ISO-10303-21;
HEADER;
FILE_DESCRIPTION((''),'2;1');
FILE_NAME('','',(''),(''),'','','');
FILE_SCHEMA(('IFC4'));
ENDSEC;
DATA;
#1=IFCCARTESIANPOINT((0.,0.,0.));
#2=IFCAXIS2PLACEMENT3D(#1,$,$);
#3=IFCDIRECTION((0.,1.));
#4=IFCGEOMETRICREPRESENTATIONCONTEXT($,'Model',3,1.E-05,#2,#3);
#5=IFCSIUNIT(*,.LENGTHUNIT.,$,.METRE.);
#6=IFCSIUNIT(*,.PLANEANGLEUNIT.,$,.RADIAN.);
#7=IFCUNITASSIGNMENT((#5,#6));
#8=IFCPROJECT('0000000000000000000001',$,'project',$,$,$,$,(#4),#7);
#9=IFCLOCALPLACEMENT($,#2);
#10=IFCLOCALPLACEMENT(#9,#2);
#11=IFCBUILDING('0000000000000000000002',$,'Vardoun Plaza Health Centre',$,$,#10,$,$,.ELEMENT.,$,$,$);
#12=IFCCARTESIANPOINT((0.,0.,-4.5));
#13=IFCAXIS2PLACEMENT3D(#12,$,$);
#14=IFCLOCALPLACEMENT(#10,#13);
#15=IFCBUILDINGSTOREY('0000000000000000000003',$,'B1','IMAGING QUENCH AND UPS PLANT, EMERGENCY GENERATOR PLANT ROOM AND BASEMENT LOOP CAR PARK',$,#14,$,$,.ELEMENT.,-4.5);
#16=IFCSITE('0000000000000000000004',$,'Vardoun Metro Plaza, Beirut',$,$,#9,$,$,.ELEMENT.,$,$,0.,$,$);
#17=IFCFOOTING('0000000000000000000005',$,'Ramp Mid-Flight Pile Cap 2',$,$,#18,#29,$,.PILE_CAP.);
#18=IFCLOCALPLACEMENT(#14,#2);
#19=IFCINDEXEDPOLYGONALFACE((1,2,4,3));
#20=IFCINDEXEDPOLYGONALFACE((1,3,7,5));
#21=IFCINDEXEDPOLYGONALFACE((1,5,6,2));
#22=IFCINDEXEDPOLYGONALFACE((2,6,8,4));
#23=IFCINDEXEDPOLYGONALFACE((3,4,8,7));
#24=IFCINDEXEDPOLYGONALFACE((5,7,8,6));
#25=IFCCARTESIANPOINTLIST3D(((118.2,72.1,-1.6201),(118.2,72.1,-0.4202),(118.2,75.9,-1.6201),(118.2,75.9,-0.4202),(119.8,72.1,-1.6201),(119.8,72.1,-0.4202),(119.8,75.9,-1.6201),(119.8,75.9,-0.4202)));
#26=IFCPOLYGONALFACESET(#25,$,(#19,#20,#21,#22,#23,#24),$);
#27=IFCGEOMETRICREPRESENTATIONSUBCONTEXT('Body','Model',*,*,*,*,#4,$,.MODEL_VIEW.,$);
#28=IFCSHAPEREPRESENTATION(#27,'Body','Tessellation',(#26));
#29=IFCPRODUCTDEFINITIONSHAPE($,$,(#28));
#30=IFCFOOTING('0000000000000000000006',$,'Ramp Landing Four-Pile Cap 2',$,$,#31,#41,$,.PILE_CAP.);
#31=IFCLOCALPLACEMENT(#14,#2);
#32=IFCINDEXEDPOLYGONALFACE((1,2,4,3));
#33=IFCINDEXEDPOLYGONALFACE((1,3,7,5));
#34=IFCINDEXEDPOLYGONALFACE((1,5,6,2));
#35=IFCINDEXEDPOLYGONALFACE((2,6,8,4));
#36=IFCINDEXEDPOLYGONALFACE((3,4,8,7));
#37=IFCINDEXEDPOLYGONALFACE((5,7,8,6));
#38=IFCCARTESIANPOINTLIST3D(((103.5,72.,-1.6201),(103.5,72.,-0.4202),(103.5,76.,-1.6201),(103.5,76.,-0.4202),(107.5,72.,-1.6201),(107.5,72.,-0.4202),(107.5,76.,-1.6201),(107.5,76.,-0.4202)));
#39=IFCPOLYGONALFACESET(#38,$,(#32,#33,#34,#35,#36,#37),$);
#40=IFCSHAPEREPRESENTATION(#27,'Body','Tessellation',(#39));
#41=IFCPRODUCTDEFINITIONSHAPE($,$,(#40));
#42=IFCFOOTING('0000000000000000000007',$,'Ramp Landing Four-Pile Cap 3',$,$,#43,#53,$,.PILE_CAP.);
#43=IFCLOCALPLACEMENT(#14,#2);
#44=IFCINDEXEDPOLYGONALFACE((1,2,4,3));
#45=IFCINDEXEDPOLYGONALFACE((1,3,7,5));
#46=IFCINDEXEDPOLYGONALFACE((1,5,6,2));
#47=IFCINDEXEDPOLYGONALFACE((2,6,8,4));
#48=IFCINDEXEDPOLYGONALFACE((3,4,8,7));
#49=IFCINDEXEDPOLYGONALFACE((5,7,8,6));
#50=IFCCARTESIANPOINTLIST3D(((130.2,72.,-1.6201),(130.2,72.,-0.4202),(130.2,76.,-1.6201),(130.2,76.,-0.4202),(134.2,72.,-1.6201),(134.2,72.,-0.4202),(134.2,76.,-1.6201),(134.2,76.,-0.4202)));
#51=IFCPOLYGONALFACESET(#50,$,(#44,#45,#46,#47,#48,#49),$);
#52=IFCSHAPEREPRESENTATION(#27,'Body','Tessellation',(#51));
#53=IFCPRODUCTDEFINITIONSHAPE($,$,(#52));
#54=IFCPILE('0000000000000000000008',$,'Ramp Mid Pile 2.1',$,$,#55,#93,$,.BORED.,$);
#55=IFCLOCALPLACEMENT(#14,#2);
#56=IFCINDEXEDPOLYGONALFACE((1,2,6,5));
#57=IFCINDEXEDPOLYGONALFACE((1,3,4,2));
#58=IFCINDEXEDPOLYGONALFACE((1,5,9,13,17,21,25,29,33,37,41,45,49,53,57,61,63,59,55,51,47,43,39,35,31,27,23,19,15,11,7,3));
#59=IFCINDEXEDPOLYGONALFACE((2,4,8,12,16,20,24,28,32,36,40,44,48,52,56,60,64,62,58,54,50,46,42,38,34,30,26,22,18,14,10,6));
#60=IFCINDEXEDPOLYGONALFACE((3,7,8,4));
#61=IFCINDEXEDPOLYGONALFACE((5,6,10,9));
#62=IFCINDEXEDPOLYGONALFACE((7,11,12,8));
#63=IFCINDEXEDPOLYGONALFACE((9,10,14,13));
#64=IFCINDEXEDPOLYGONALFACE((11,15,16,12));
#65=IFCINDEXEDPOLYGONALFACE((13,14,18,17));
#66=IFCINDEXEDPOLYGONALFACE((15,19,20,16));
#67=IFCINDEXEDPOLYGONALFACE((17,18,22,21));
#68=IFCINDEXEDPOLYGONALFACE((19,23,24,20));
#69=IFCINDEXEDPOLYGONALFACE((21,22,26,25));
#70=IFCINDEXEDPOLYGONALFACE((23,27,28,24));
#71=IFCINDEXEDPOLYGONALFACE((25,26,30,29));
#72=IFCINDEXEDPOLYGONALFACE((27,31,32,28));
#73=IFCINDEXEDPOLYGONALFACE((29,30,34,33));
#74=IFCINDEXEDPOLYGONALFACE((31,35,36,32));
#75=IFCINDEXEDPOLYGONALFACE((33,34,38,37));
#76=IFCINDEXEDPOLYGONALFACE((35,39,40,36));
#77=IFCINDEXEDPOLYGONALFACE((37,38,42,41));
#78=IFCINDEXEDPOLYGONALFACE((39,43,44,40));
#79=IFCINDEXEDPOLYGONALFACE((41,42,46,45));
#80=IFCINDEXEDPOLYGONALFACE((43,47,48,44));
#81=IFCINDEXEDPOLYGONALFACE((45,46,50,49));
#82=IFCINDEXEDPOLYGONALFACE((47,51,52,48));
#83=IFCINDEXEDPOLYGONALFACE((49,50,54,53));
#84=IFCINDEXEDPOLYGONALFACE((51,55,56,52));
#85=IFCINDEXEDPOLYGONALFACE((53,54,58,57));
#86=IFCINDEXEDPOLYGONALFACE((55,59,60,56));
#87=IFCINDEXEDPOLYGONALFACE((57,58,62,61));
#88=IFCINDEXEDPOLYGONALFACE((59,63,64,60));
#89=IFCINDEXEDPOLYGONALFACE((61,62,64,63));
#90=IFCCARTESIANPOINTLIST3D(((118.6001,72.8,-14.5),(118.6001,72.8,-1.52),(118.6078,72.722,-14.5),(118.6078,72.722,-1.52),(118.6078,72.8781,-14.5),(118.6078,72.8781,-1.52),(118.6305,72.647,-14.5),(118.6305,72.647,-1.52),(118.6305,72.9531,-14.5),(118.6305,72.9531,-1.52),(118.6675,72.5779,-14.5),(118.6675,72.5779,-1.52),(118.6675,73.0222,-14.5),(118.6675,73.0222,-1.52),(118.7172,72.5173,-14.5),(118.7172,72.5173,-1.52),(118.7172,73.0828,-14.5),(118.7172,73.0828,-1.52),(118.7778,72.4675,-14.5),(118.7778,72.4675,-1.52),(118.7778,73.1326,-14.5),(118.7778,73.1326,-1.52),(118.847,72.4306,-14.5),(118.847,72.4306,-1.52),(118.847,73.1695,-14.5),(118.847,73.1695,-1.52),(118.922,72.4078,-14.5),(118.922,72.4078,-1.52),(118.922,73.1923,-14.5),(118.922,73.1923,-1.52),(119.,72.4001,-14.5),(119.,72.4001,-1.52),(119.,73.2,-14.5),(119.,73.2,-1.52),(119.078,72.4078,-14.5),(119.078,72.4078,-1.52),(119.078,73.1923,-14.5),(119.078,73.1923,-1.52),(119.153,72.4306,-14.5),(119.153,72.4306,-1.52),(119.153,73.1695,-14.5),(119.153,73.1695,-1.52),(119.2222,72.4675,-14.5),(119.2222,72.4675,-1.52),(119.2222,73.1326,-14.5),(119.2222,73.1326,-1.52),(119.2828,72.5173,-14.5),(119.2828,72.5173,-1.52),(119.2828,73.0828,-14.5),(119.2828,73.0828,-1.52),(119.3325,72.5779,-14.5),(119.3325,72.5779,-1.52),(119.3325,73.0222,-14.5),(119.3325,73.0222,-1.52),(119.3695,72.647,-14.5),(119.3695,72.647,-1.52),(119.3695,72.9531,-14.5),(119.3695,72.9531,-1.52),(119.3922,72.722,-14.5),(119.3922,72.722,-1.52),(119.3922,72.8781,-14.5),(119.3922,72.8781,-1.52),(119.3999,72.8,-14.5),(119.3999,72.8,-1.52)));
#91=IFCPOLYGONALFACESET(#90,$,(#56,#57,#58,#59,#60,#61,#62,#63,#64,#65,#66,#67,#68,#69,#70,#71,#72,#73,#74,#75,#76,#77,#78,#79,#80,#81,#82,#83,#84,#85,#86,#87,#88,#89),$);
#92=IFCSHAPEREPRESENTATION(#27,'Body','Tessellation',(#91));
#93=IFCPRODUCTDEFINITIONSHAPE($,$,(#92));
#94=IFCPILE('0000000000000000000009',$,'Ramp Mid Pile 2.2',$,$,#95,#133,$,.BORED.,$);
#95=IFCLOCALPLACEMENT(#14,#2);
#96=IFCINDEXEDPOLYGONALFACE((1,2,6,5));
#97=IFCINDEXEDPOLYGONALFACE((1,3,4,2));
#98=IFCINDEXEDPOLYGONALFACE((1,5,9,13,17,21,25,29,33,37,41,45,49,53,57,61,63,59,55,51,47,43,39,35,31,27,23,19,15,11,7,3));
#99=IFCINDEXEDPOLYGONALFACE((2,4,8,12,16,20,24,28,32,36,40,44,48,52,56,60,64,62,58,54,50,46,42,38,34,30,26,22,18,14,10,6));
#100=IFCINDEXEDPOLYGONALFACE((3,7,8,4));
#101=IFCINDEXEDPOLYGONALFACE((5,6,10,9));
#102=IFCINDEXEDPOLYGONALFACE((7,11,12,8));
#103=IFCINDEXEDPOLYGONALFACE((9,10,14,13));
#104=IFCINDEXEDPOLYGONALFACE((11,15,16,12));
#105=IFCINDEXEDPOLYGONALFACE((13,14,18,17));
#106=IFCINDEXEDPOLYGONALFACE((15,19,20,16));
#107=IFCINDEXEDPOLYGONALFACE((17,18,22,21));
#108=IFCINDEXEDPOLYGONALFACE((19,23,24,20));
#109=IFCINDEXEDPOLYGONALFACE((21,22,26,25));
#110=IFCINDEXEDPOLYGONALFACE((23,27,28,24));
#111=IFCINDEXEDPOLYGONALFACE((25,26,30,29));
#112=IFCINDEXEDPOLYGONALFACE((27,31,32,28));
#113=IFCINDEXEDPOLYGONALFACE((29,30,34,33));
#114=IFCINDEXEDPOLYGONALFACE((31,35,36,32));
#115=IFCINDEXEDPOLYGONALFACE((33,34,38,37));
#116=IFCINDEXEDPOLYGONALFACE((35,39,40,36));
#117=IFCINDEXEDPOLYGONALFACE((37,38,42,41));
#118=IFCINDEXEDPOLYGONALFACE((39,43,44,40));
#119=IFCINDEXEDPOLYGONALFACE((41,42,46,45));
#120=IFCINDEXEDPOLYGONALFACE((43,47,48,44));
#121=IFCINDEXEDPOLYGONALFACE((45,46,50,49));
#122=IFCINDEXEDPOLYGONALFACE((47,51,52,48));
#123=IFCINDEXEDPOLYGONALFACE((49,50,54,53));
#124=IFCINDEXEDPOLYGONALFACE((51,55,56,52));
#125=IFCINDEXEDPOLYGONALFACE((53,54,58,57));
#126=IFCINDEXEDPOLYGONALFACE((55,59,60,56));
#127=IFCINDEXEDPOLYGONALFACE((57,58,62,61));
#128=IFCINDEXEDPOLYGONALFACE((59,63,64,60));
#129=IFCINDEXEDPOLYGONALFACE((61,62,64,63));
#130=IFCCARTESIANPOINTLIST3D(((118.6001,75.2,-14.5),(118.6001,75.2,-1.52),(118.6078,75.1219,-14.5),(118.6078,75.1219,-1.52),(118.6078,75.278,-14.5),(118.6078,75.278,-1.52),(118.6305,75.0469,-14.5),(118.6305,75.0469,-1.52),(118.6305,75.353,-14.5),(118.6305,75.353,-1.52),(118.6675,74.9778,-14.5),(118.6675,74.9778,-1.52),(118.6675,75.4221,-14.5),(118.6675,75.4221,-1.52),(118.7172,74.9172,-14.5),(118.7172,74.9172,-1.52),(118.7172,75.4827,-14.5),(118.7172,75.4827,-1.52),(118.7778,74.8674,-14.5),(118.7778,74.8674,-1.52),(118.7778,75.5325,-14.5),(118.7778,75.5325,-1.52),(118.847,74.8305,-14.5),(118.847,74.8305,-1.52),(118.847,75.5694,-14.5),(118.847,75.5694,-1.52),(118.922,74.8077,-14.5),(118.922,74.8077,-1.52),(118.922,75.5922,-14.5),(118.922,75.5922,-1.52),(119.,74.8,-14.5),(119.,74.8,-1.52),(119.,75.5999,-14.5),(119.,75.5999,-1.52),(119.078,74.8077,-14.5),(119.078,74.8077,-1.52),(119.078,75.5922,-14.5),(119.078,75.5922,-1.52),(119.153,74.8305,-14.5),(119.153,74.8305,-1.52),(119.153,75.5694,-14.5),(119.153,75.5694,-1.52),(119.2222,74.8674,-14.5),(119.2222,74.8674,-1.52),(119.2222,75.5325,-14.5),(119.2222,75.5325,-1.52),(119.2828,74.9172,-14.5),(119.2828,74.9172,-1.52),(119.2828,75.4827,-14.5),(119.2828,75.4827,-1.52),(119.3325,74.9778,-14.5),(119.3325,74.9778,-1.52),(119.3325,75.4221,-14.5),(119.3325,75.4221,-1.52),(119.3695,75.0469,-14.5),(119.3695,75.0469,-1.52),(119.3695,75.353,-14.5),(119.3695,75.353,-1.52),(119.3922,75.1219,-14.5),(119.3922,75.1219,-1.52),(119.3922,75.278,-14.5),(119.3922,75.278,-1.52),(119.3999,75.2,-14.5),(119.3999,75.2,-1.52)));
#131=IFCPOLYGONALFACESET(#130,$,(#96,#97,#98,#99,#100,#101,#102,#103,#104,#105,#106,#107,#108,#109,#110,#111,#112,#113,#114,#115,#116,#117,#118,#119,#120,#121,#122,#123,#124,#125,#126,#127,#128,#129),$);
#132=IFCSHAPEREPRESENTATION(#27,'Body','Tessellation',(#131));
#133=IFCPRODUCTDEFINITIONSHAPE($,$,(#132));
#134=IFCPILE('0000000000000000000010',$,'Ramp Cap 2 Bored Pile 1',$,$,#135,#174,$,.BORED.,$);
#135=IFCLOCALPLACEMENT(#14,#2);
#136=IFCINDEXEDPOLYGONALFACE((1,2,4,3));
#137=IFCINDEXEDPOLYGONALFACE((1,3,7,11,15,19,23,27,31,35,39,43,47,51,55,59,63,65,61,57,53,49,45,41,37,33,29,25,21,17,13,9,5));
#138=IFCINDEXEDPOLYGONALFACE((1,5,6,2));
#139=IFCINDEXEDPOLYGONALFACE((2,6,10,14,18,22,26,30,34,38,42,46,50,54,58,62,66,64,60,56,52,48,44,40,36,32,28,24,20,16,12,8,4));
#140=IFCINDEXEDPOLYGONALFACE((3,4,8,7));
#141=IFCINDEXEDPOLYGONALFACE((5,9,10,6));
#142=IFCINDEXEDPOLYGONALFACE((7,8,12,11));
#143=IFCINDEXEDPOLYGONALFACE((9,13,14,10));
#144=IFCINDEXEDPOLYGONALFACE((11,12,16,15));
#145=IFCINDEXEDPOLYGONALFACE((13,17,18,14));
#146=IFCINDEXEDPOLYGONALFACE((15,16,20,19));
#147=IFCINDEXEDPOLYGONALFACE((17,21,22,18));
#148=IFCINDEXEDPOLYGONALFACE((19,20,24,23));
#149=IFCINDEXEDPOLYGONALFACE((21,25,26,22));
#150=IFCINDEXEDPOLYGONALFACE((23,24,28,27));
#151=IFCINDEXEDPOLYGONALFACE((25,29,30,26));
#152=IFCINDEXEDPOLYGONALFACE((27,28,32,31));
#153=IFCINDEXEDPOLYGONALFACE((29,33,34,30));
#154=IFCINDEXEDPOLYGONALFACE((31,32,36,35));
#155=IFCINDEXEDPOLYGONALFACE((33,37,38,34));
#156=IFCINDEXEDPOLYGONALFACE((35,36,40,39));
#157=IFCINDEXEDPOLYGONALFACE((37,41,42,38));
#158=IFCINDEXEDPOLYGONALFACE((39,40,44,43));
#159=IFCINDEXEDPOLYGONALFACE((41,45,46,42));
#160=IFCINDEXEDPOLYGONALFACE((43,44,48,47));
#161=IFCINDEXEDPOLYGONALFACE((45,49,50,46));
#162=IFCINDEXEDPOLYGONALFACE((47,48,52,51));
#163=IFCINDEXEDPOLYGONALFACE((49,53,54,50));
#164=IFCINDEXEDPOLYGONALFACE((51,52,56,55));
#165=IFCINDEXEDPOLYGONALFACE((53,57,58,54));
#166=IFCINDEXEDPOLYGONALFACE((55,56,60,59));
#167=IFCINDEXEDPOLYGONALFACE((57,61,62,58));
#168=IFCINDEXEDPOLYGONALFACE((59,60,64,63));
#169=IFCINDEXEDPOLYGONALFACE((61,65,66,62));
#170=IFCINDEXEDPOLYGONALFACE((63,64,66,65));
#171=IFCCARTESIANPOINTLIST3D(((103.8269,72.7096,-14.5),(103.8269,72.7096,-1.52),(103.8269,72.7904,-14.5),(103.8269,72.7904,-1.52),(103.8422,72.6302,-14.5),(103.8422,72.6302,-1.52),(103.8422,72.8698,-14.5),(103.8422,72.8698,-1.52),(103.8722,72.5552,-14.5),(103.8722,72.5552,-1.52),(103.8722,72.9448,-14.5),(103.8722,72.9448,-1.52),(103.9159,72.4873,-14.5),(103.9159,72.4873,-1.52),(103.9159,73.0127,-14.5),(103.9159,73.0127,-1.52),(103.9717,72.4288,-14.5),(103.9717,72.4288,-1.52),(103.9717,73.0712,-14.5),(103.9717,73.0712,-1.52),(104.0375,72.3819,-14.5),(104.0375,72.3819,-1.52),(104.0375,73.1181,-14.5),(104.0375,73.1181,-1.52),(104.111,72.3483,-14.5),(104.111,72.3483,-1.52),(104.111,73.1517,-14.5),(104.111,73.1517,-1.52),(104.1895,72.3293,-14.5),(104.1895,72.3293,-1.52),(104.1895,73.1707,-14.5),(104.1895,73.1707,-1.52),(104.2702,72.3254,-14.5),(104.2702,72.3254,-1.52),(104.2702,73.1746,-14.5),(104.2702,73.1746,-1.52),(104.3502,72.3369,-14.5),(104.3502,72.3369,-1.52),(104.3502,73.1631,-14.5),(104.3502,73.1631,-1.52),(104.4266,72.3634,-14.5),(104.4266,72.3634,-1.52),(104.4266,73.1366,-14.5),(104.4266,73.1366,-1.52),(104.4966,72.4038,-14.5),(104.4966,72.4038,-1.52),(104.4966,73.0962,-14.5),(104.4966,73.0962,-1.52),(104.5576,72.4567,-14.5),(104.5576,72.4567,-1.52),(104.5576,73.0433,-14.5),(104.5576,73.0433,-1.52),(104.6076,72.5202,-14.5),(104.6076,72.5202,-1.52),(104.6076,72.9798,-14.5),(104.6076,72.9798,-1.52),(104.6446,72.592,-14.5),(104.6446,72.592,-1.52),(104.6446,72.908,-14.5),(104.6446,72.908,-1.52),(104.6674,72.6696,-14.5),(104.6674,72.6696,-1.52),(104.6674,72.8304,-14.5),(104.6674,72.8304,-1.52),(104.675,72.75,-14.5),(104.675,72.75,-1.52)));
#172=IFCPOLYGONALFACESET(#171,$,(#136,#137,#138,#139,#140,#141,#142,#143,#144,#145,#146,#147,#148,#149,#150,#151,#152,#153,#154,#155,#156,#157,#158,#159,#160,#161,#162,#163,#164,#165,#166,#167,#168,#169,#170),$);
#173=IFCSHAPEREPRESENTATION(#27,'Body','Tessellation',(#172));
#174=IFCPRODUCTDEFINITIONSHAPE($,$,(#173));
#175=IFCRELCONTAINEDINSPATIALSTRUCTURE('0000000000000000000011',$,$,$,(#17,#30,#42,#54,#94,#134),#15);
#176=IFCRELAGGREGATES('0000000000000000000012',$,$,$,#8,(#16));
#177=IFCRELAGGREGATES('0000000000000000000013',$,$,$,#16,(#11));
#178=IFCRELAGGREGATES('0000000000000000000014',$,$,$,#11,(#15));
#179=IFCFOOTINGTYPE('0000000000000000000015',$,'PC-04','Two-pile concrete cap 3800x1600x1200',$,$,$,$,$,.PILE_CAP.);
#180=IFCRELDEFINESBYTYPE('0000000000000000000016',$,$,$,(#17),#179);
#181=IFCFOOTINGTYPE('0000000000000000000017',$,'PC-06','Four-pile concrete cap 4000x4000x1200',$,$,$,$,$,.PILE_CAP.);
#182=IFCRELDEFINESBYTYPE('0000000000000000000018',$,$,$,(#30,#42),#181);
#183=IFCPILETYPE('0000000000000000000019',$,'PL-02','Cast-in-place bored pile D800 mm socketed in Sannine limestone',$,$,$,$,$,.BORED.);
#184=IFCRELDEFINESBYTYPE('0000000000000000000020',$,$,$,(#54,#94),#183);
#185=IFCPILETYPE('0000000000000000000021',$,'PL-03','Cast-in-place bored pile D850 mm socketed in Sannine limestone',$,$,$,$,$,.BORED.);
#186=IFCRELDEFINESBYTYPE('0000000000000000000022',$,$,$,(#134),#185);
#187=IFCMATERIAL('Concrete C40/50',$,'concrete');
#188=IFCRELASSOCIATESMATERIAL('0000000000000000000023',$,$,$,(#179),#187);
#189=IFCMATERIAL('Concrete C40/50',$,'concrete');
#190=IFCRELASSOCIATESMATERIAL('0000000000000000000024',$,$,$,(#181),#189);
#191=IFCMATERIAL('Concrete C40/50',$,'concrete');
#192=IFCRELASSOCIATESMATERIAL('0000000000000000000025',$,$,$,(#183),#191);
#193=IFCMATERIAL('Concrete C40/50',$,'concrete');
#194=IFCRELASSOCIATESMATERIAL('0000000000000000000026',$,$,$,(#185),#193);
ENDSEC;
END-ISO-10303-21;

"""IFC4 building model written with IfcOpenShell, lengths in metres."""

from ifc_helpers import new_model, si_unit, direction, frame, origin, origin_2d, place, context, subcontext, project, spatial, rectangle, circle, extrude, material, material_profile, profile_set, type_object, element, save


model = new_model("IFC4")

# Units and contexts
model_context = context("Model", 3, precision=1e-05, world=origin(), true_north=direction((0.0, 1.0)))
body_context = subcontext(model_context, "Body", "Model", "MODEL_VIEW")
ifc_project = project(units=[si_unit("LENGTHUNIT", "METRE"), si_unit("PLANEANGLEUNIT", "RADIAN")], contexts=[model_context])

# Site, building, storey
site_placement = place(None, origin())
site = spatial("IfcSite", under=ifc_project, at=site_placement, Name="Vardoun Metro Plaza, Beirut", CompositionType="ELEMENT", RefElevation=0.0)
building_placement = place(site_placement, origin())
building = spatial("IfcBuilding", under=site, at=building_placement, Name="Vardoun Plaza Health Centre", CompositionType="ELEMENT")
storey_placement = place(building_placement, frame((0.0, 0.0, -4.5)))
storey = spatial("IfcBuildingStorey", under=building, at=storey_placement, Name="B1", Description="IMAGING QUENCH AND UPS PLANT, EMERGENCY GENERATOR PLANT ROOM AND BASEMENT LOOP CAR PARK", CompositionType="ELEMENT", Elevation=-4.5)

# Footings
ifc_material_1 = material(Name="Concrete C40/50", Category="concrete")
footing_type_1 = type_object("IfcFootingType", Name="PC-04", Description="Two-pile concrete cap 3800x1600x1200", PredefinedType="PILE_CAP", material=ifc_material_1)
footing_placement = place(storey_placement, frame((119.0, 74.0, -1.6201), z_axis=(0.0, 0.0, 1.0), x_axis=(0.0, 1.0, 0.0)))
element("IfcFooting", 1, at=footing_placement, inside=storey, type_object=footing_type_1, Name="Ramp Mid-Flight Pile Cap 2", PredefinedType="PILE_CAP", context=body_context, shape_type="SweptSolid", body=[
    extrude(rectangle(XDim=3.8, YDim=1.6001, at=origin_2d()), origin(), (0.0, 0.0, 1.0), 1.2),
])
ifc_material_2 = material(Name="Concrete C40/50", Category="concrete")
footing_type_2 = type_object("IfcFootingType", Name="PC-06", Description="Four-pile concrete cap 4000x4000x1200", PredefinedType="PILE_CAP", material=ifc_material_2)
for number, where, z_axis, x_axis, name in (
    (2, (105.5, 74.0, -1.6201), (0.0, 0.0, 1.0), (1.0, 0.0, 0.0), "Ramp Landing Four-Pile Cap 2"),
    (3, (132.2, 74.0, -1.6201), (0.0, 0.0, 1.0), (1.0, 0.0, 0.0), "Ramp Landing Four-Pile Cap 3"),
):
    element("IfcFooting", number, at=place(storey_placement, frame(where, z_axis=z_axis, x_axis=x_axis)), inside=storey, type_object=footing_type_2, Name=name, PredefinedType="PILE_CAP", context=body_context, shape_type="SweptSolid", body=[
        extrude(rectangle(XDim=4.0, YDim=4.0, at=origin_2d()), origin(), (0.0, 0.0, 1.0), 1.2),
    ])

# Piles
ifc_material_3 = material(Name="Concrete C40/50", Category="concrete")
ifc_material_profile_1 = material_profile(ifc_material_3, circle(Radius=0.3999, at=origin_2d()), Name="PILE D800")
ifc_profile_set_1 = profile_set([ifc_material_profile_1], Name="Concrete C40/50")
pile_type_1 = type_object("IfcPileType", Name="PL-02", Description="Cast-in-place bored pile D800 mm socketed in Sannine limestone", PredefinedType="BORED", material=ifc_profile_set_1)
for number, where, z_axis, x_axis, name in (
    (4, (119.0, 72.8, -1.52), (0.0, 0.0, -1.0), (1.0, 0.0, 0.0), "Ramp Mid Pile 2.1"),
    (5, (119.0, 75.2, -1.52), (0.0, 0.0, -1.0), (1.0, 0.0, 0.0), "Ramp Mid Pile 2.2"),
):
    element("IfcPile", number, at=place(storey_placement, frame(where, z_axis=z_axis, x_axis=x_axis)), inside=storey, type_object=pile_type_1, Name=name, PredefinedType="BORED", context=body_context, shape_type="SweptSolid", body=[
        extrude(circle(Radius=0.3999, at=origin_2d()), origin(), (0.0, 0.0, 1.0), 12.98),
    ])
ifc_material_4 = material(Name="Concrete C40/50", Category="concrete")
ifc_material_profile_2 = material_profile(ifc_material_4, circle(Radius=0.425, at=origin_2d()), Name="PILE D850")
ifc_profile_set_2 = profile_set([ifc_material_profile_2], Name="Concrete C40/50")
pile_type_2 = type_object("IfcPileType", Name="PL-03", Description="Cast-in-place bored pile D850 mm socketed in Sannine limestone", PredefinedType="BORED", material=ifc_profile_set_2)
for number, where, z_axis, x_axis, name in (
    (6, (104.25, 72.75, -1.52), (0.0, 0.0, -1.0), (1.0, 0.0, 0.0), "Ramp Cap 2 Bored Pile 1"),
):
    element("IfcPile", number, at=place(storey_placement, frame(where, z_axis=z_axis, x_axis=x_axis)), inside=storey, type_object=pile_type_2, Name=name, PredefinedType="BORED", context=body_context, shape_type="SweptSolid", body=[
        extrude(circle(Radius=0.425, at=origin_2d()), origin(), (0.0, 0.0, 1.0), 12.98),
    ])

save(model, "model.ifc")
